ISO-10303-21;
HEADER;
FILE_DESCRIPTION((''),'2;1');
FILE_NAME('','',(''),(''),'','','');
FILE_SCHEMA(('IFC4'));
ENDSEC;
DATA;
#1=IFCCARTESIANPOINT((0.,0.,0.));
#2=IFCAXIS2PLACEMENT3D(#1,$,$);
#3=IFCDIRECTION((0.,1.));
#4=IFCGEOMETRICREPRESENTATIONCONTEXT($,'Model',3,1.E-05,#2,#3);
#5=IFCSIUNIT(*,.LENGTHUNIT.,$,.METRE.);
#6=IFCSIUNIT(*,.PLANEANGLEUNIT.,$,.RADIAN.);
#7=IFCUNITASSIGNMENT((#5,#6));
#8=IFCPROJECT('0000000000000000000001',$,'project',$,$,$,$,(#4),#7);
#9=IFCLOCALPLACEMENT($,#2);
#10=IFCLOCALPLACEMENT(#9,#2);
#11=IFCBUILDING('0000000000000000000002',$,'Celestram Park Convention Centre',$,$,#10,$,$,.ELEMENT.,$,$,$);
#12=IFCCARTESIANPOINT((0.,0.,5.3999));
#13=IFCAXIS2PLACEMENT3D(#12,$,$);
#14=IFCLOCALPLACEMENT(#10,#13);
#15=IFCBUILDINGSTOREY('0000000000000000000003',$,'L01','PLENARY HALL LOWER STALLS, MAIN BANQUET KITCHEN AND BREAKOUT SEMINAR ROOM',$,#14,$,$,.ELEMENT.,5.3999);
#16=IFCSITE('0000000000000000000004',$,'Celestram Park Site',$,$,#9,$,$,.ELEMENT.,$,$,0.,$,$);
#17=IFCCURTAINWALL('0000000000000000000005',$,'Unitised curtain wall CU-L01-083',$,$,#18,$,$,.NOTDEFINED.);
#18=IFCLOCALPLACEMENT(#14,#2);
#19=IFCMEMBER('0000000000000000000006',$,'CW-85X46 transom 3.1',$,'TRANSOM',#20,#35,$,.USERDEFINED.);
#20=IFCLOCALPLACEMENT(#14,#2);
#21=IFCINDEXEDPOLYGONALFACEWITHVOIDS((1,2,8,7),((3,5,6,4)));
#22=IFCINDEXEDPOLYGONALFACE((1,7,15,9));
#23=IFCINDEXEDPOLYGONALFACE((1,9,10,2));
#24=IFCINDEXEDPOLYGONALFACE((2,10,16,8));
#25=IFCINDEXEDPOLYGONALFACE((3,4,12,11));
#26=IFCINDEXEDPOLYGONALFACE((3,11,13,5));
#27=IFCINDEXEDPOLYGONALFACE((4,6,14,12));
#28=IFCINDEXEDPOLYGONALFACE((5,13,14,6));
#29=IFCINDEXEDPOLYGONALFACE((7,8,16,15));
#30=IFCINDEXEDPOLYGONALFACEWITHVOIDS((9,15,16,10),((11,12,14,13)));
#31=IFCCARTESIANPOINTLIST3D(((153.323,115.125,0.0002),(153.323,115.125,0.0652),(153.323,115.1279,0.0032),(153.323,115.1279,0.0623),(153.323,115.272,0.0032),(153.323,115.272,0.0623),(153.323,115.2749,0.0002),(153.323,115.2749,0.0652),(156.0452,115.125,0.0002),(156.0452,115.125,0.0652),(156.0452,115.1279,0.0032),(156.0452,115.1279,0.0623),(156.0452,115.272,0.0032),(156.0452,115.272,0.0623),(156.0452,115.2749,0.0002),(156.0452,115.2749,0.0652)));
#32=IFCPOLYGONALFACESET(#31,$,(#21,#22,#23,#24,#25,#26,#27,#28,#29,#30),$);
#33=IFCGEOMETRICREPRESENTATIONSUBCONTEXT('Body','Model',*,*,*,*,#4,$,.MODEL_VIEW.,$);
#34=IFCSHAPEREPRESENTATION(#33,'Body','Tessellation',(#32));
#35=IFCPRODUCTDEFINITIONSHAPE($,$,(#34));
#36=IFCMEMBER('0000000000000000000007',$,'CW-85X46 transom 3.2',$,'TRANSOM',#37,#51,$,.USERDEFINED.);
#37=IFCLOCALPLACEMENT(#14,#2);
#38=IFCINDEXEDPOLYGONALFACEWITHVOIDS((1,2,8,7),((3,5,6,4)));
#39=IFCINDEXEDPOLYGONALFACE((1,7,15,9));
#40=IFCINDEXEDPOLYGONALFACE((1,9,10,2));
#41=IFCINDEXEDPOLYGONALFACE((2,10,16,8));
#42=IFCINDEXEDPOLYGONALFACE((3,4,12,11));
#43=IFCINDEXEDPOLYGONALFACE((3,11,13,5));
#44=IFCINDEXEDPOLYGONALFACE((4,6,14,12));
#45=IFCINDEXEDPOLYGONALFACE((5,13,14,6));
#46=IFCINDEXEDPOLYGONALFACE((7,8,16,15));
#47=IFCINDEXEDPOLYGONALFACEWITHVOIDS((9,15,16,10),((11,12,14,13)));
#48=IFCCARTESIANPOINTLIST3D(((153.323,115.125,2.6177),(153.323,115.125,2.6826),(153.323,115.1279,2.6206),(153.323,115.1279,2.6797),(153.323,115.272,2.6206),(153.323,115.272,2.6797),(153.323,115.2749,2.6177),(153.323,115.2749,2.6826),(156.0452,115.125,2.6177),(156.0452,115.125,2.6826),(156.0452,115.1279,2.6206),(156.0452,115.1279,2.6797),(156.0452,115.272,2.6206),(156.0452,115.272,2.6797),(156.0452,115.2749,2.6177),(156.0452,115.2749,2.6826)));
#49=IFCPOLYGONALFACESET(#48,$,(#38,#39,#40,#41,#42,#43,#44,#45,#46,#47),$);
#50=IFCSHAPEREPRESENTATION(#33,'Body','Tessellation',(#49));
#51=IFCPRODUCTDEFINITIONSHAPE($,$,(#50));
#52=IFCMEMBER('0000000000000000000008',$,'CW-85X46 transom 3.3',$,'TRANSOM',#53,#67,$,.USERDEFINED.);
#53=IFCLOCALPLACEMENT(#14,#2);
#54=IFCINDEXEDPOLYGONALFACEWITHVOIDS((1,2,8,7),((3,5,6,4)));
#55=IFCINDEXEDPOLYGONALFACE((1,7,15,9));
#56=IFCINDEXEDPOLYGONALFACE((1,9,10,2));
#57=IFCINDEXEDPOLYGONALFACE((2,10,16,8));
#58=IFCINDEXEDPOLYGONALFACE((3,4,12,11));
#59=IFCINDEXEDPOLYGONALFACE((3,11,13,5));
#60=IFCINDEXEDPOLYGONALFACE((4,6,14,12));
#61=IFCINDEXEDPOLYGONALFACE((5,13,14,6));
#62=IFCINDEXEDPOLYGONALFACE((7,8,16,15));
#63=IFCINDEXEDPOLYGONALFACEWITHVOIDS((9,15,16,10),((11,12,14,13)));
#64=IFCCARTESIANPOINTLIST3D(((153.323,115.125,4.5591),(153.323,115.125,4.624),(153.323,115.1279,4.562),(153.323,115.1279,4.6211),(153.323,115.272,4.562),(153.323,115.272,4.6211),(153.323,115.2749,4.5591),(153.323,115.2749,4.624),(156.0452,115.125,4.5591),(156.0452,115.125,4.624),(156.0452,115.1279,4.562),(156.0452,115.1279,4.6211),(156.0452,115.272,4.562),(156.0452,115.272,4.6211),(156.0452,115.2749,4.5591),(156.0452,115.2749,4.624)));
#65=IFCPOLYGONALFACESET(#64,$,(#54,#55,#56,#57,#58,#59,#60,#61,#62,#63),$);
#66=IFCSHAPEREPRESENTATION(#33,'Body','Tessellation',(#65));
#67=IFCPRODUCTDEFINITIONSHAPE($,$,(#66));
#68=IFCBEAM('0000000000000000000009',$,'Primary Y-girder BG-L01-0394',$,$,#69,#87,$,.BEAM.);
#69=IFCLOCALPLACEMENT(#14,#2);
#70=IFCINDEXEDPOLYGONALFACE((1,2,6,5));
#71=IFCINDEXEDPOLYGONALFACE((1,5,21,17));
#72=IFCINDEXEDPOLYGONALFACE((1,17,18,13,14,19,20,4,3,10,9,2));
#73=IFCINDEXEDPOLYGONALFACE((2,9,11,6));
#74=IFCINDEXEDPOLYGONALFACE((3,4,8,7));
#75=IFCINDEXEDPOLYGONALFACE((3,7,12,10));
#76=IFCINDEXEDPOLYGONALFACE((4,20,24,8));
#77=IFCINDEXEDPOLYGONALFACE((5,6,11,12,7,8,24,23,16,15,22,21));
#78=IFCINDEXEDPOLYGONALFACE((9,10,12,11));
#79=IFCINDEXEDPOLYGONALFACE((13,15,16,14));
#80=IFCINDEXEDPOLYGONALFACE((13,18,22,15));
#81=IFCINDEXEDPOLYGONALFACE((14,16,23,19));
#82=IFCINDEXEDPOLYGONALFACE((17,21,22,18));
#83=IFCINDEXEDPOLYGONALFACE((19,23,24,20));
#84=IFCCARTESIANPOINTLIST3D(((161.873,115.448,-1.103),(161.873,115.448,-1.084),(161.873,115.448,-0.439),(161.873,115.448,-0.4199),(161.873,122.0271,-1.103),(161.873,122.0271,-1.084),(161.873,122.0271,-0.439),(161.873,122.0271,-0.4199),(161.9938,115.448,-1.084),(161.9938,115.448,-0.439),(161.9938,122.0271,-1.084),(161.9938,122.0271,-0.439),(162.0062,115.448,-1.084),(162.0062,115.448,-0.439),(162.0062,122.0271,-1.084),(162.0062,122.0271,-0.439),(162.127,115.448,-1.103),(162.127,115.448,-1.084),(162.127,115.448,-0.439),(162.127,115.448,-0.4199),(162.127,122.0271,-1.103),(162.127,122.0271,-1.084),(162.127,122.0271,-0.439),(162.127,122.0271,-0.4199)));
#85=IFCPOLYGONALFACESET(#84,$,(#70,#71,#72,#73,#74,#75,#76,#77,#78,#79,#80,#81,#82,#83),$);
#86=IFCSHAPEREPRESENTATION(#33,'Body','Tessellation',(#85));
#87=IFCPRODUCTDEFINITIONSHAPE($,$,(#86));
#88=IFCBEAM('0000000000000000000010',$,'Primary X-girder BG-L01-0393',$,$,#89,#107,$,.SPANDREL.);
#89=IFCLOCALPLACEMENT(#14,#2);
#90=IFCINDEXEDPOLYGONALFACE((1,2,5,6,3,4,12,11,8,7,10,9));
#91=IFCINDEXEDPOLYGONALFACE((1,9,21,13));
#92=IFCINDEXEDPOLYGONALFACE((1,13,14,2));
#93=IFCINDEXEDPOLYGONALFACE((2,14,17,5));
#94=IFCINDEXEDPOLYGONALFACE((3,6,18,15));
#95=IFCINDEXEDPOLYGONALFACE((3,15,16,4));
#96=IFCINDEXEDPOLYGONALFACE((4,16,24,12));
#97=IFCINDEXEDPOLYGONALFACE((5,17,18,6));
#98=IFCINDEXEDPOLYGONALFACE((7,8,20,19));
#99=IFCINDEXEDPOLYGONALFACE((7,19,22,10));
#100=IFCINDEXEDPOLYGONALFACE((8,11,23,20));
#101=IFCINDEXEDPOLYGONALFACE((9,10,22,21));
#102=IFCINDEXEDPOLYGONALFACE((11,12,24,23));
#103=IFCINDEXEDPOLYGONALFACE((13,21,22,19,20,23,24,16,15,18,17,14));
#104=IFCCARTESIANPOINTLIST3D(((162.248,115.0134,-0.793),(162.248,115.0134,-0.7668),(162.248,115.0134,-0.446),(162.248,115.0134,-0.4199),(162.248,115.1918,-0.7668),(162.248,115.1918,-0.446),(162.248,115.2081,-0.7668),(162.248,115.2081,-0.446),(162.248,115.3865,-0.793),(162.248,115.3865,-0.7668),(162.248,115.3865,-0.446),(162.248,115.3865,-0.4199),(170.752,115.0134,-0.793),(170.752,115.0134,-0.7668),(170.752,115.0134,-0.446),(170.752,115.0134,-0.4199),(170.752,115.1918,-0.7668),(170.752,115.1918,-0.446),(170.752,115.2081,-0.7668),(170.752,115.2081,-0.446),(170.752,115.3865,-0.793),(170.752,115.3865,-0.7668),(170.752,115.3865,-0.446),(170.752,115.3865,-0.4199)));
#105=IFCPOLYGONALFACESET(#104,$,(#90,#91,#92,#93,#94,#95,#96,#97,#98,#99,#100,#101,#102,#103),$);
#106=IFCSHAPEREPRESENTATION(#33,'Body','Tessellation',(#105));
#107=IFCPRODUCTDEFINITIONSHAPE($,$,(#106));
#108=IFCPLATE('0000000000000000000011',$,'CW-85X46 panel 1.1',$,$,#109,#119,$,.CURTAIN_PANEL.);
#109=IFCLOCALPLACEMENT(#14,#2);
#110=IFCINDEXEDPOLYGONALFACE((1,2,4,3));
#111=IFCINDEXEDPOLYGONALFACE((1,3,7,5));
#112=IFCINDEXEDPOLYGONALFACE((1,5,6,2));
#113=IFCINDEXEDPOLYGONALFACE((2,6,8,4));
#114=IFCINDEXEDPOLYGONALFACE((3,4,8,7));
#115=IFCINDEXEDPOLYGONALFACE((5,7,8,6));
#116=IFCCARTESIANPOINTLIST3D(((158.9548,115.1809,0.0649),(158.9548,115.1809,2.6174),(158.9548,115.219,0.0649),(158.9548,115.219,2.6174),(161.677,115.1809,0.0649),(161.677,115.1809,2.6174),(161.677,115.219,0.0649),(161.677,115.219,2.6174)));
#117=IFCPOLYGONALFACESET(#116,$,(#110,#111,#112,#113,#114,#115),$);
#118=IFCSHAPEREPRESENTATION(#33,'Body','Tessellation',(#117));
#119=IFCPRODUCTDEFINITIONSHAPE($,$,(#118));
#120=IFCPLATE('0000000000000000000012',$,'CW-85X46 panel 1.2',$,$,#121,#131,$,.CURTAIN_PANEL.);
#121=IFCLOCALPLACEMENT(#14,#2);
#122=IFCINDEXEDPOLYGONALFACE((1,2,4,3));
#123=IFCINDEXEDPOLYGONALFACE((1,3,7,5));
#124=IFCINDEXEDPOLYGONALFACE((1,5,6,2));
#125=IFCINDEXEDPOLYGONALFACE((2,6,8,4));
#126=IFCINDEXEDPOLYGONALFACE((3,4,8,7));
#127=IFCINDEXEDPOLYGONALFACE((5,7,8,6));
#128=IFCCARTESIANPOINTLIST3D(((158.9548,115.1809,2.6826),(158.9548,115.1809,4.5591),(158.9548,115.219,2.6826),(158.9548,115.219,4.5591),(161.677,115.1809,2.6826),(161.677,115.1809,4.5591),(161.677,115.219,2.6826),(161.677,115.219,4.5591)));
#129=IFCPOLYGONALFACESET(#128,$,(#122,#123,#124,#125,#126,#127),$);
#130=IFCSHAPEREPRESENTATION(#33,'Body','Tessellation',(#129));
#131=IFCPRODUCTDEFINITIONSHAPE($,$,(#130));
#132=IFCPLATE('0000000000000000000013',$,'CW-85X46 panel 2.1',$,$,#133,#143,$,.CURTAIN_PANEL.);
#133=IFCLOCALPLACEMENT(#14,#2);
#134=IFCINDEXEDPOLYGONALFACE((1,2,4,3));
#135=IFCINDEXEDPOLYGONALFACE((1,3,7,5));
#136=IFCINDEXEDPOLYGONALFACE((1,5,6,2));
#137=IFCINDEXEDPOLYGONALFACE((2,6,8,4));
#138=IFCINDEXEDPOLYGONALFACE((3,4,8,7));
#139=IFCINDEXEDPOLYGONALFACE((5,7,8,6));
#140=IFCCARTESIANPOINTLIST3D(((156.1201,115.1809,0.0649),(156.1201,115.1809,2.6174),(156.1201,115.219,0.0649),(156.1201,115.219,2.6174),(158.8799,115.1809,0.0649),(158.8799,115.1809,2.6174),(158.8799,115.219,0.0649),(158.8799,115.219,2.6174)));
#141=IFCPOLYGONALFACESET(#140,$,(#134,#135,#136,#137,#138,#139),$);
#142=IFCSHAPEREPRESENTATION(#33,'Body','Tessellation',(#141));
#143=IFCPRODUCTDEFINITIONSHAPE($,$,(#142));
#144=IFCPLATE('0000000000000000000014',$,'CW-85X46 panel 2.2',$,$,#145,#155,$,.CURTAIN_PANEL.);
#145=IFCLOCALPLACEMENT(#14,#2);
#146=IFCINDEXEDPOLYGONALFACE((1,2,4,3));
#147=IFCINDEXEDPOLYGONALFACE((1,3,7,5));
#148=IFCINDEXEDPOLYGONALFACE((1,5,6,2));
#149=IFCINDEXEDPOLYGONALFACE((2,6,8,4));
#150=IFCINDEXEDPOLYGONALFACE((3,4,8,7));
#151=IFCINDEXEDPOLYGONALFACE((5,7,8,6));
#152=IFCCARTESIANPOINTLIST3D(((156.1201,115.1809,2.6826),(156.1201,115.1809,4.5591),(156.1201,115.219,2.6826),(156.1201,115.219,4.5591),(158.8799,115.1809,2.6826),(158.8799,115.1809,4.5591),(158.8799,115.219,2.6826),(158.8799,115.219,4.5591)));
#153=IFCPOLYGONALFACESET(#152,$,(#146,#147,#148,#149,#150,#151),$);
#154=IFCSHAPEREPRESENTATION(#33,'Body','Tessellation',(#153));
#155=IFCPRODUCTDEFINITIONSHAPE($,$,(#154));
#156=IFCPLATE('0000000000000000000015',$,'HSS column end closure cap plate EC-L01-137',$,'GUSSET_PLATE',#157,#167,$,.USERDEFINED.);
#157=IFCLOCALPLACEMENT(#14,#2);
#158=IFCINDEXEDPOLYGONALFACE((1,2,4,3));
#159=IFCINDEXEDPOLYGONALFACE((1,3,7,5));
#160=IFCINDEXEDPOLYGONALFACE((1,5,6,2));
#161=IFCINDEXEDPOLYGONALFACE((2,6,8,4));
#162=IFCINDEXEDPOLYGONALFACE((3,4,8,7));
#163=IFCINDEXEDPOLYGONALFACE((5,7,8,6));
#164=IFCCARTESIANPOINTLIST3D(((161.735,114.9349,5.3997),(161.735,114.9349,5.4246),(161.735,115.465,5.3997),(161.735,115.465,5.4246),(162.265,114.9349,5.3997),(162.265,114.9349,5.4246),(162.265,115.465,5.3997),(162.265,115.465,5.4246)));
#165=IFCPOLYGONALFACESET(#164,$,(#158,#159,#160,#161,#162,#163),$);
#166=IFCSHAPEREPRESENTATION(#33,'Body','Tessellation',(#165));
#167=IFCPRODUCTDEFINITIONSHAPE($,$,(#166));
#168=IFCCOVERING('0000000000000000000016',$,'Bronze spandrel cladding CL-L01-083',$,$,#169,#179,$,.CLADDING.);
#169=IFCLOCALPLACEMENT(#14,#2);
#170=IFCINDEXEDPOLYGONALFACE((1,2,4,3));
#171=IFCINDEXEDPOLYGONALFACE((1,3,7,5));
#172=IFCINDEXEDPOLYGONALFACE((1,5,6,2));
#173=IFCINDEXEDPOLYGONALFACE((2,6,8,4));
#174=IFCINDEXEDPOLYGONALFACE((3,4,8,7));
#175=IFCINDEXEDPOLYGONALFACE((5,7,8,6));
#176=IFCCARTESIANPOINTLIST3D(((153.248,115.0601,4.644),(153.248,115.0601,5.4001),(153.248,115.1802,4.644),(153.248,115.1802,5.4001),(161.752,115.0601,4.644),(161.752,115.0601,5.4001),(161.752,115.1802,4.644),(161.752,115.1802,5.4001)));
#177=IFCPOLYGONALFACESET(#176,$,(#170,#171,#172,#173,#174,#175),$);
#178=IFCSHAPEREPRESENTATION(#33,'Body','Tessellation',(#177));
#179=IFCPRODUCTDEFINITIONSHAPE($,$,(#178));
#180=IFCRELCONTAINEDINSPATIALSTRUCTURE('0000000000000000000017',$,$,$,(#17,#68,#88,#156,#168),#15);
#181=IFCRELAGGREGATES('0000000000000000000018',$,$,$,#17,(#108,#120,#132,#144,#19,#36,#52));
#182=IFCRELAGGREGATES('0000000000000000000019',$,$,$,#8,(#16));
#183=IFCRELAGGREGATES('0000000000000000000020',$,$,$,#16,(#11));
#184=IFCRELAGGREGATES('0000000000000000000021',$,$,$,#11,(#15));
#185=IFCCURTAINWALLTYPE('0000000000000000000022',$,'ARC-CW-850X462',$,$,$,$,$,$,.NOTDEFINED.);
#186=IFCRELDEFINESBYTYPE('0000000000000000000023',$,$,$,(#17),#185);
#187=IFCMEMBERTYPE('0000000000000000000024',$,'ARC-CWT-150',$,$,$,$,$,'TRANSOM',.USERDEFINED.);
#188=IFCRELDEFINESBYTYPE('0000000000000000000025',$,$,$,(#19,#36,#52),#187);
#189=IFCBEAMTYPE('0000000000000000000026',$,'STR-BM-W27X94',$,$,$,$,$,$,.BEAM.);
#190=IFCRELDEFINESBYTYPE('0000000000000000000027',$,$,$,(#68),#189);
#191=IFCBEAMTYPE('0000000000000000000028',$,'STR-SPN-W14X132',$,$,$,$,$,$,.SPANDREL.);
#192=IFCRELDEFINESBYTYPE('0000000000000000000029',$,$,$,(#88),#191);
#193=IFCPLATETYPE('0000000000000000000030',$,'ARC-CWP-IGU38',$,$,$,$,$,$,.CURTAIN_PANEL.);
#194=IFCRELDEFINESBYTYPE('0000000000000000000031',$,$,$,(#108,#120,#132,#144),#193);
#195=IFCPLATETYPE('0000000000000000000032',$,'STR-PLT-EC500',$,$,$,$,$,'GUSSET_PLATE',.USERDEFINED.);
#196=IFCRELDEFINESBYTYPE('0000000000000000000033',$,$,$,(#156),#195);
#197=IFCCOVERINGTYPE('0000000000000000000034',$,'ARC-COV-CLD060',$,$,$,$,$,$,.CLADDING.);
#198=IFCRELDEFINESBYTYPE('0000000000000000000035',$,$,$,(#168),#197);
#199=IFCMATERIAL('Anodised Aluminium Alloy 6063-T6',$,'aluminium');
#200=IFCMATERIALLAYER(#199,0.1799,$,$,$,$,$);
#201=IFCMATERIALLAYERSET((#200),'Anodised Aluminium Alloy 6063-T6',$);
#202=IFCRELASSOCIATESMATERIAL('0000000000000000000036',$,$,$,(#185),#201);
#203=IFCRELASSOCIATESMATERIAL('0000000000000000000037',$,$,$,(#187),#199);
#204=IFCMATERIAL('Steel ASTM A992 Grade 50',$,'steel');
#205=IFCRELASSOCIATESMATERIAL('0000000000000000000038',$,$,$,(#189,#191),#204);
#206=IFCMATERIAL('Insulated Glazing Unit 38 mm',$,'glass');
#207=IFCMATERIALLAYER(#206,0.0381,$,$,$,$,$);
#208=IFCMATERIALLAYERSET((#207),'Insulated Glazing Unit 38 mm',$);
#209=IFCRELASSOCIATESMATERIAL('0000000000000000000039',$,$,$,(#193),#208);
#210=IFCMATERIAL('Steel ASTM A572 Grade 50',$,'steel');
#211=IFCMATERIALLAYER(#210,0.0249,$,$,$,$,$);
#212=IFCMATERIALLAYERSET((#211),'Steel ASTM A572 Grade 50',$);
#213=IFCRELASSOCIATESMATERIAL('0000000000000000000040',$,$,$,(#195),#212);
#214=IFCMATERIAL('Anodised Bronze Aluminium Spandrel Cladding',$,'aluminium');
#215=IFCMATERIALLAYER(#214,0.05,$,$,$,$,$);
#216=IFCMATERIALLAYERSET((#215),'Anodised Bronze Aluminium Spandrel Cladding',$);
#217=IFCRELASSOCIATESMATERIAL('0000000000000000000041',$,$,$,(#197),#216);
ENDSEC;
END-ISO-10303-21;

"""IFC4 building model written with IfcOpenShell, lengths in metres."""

from ifc_helpers import new_model, si_unit, direction, frame, origin, origin_2d, place, context, subcontext, project, spatial, rectangle, hollow_rectangle, i_section, extrude, material, layer, layer_set, material_profile, profile_set, type_object, element, aggregate, save


model = new_model("IFC4")

# Units and contexts
model_context = context("Model", 3, precision=1e-05, world=origin(), true_north=direction((0.0, 1.0)))
body_context = subcontext(model_context, "Body", "Model", "MODEL_VIEW")
ifc_project = project(units=[si_unit("LENGTHUNIT", "METRE"), si_unit("PLANEANGLEUNIT", "RADIAN")], contexts=[model_context])

# Site, building, storey
site_placement = place(None, origin())
site = spatial("IfcSite", under=ifc_project, at=site_placement, Name="Celestram Park Site", CompositionType="ELEMENT", RefElevation=0.0)
building_placement = place(site_placement, origin())
building = spatial("IfcBuilding", under=site, at=building_placement, Name="Celestram Park Convention Centre", CompositionType="ELEMENT")
storey_placement = place(building_placement, frame((0.0, 0.0, 5.3999)))
storey = spatial("IfcBuildingStorey", under=building, at=storey_placement, Name="L01", Description="PLENARY HALL LOWER STALLS, MAIN BANQUET KITCHEN AND BREAKOUT SEMINAR ROOM", CompositionType="ELEMENT", Elevation=5.3999)

# Shared definitions
ifc_material_1 = material(Name="Anodised Aluminium Alloy 6063-T6", Category="aluminium")
ifc_layer_1 = layer(ifc_material_1, 0.1799)
ifc_layer_set_1 = layer_set([ifc_layer_1], Name="Anodised Aluminium Alloy 6063-T6")
curtain_wall_type = type_object("IfcCurtainWallType", Name="ARC-CW-850X462", PredefinedType="NOTDEFINED", material=ifc_layer_set_1)

# Curtain wall, members
curtain_wall_1_placement = place(storey_placement, origin())
curtain_wall_1 = element("IfcCurtainWall", 1, at=curtain_wall_1_placement, inside=storey, type_object=curtain_wall_type, Name="Unitised curtain wall CU-L01-083", PredefinedType="NOTDEFINED")
ifc_material_profile_1 = material_profile(ifc_material_1, hollow_rectangle(XDim=0.1499, YDim=0.0649, WallThickness=0.0029, at=origin_2d()), Name="ALU150X65X3")
ifc_profile_set_1 = profile_set([ifc_material_profile_1], Name="Anodised Aluminium Alloy 6063-T6")
member_type_1 = type_object("IfcMemberType", Name="ARC-CWT-150", ElementType="TRANSOM", PredefinedType="USERDEFINED", material=ifc_profile_set_1)
member_1_placement = place(storey_placement, frame((156.0452, 115.2, 0.0327), z_axis=(-1.0, 0.0, 0.0), x_axis=(0.0, -1.0, 0.0)))
member_1 = element("IfcMember", 2, at=member_1_placement, type_object=member_type_1, Name="CW-85X46 transom 3.1", ObjectType="TRANSOM", PredefinedType="USERDEFINED", context=body_context, shape_type="SweptSolid", body=[
    extrude(hollow_rectangle(XDim=0.1499, YDim=0.0649, WallThickness=0.0029, at=origin_2d()), origin(), (0.0, 0.0, 1.0), 2.7222),
])
member_2_placement = place(storey_placement, frame((156.0452, 115.2, 2.6501), z_axis=(-1.0, 0.0, 0.0), x_axis=(0.0, -1.0, 0.0)))
member_2 = element("IfcMember", 3, at=member_2_placement, type_object=member_type_1, Name="CW-85X46 transom 3.2", ObjectType="TRANSOM", PredefinedType="USERDEFINED", context=body_context, shape_type="SweptSolid", body=[
    extrude(hollow_rectangle(XDim=0.1499, YDim=0.0649, WallThickness=0.0029, at=origin_2d()), origin(), (0.0, 0.0, 1.0), 2.7222),
])
member_3_placement = place(storey_placement, frame((156.0452, 115.2, 4.5916), z_axis=(-1.0, 0.0, 0.0), x_axis=(0.0, -1.0, 0.0)))
member_3 = element("IfcMember", 4, at=member_3_placement, type_object=member_type_1, Name="CW-85X46 transom 3.3", ObjectType="TRANSOM", PredefinedType="USERDEFINED", context=body_context, shape_type="SweptSolid", body=[
    extrude(hollow_rectangle(XDim=0.1499, YDim=0.0649, WallThickness=0.0029, at=origin_2d()), origin(), (0.0, 0.0, 1.0), 2.7222),
])

# Beams
ifc_material_2 = material(Name="Steel ASTM A992 Grade 50", Category="steel")
ifc_material_profile_2 = material_profile(ifc_material_2, i_section(OverallWidth=0.2539, OverallDepth=0.6831, WebThickness=0.0125, FlangeThickness=0.019, at=origin_2d()), Name="W27X94")
ifc_profile_set_2 = profile_set([ifc_material_profile_2], Name="Steel ASTM A992 Grade 50")
beam_type_1 = type_object("IfcBeamType", Name="STR-BM-W27X94", PredefinedType="BEAM", material=ifc_profile_set_2)
beam_1_placement = place(storey_placement, frame((162.0, 115.448, -0.7615), z_axis=(0.0, 1.0, 0.0), x_axis=(-1.0, 0.0, 0.0)))
element("IfcBeam", 5, at=beam_1_placement, inside=storey, type_object=beam_type_1, Name="Primary Y-girder BG-L01-0394", PredefinedType="BEAM", context=body_context, shape_type="SweptSolid", body=[
    extrude(i_section(OverallWidth=0.2539, OverallDepth=0.6831, WebThickness=0.0125, FlangeThickness=0.019, at=origin_2d()), origin(), (0.0, 0.0, 1.0), 6.5791),
])
ifc_material_profile_3 = material_profile(ifc_material_2, i_section(OverallWidth=0.373, OverallDepth=0.373, WebThickness=0.0164, FlangeThickness=0.0261, at=origin_2d()), Name="W14X132")
ifc_profile_set_3 = profile_set([ifc_material_profile_3], Name="Steel ASTM A992 Grade 50")
beam_type_2 = type_object("IfcBeamType", Name="STR-SPN-W14X132", PredefinedType="SPANDREL", material=ifc_profile_set_3)
beam_2_placement = place(storey_placement, frame((162.248, 115.2, -0.6064), z_axis=(1.0, 0.0, 0.0), x_axis=(0.0, 1.0, 0.0)))
element("IfcBeam", 6, at=beam_2_placement, inside=storey, type_object=beam_type_2, Name="Primary X-girder BG-L01-0393", PredefinedType="SPANDREL", context=body_context, shape_type="SweptSolid", body=[
    extrude(i_section(OverallWidth=0.373, OverallDepth=0.373, WebThickness=0.0164, FlangeThickness=0.0261, at=origin_2d()), origin(), (0.0, 0.0, 1.0), 8.5039),
])

# Plates
ifc_material_3 = material(Name="Insulated Glazing Unit 38 mm", Category="glass")
ifc_layer_2 = layer(ifc_material_3, 0.0381)
ifc_layer_set_2 = layer_set([ifc_layer_2], Name="Insulated Glazing Unit 38 mm")
plate_type_1 = type_object("IfcPlateType", Name="ARC-CWP-IGU38", PredefinedType="CURTAIN_PANEL", material=ifc_layer_set_2)
plate_1_placement = place(storey_placement, frame((160.3159, 115.2, 0.0649), z_axis=(0.0, 0.0, 1.0), x_axis=(-1.0, 0.0, 0.0)))
plate_1 = element("IfcPlate", 7, at=plate_1_placement, type_object=plate_type_1, Name="CW-85X46 panel 1.1", PredefinedType="CURTAIN_PANEL", context=body_context, shape_type="SweptSolid", body=[
    extrude(rectangle(XDim=2.7222, YDim=0.0381, at=origin_2d()), origin(), (0.0, 0.0, 1.0), 2.5525),
])
plate_2_placement = place(storey_placement, frame((160.3159, 115.2, 2.6826), z_axis=(0.0, 0.0, 1.0), x_axis=(-1.0, 0.0, 0.0)))
plate_2 = element("IfcPlate", 8, at=plate_2_placement, type_object=plate_type_1, Name="CW-85X46 panel 1.2", PredefinedType="CURTAIN_PANEL", context=body_context, shape_type="SweptSolid", body=[
    extrude(rectangle(XDim=2.7222, YDim=0.0381, at=origin_2d()), origin(), (0.0, 0.0, 1.0), 1.8765),
])
plate_3_placement = place(storey_placement, frame((157.5, 115.2, 0.0649), z_axis=(0.0, 0.0, 1.0), x_axis=(-1.0, 0.0, 0.0)))
plate_3 = element("IfcPlate", 9, at=plate_3_placement, type_object=plate_type_1, Name="CW-85X46 panel 2.1", PredefinedType="CURTAIN_PANEL", context=body_context, shape_type="SweptSolid", body=[
    extrude(rectangle(XDim=2.7598, YDim=0.0381, at=origin_2d()), origin(), (0.0, 0.0, 1.0), 2.5525),
])
plate_4_placement = place(storey_placement, frame((157.5, 115.2, 2.6826), z_axis=(0.0, 0.0, 1.0), x_axis=(-1.0, 0.0, 0.0)))
plate_4 = element("IfcPlate", 10, at=plate_4_placement, type_object=plate_type_1, Name="CW-85X46 panel 2.2", PredefinedType="CURTAIN_PANEL", context=body_context, shape_type="SweptSolid", body=[
    extrude(rectangle(XDim=2.7598, YDim=0.0381, at=origin_2d()), origin(), (0.0, 0.0, 1.0), 1.8765),
])
aggregate(curtain_wall_1, [plate_1, plate_2, plate_3, plate_4, member_1, member_2, member_3])
ifc_material_4 = material(Name="Steel ASTM A572 Grade 50", Category="steel")
ifc_layer_3 = layer(ifc_material_4, 0.0249)
ifc_layer_set_3 = layer_set([ifc_layer_3], Name="Steel ASTM A572 Grade 50")
plate_type_2 = type_object("IfcPlateType", Name="STR-PLT-EC500", ElementType="GUSSET_PLATE", PredefinedType="USERDEFINED", material=ifc_layer_set_3)
plate_5_placement = place(storey_placement, frame((162.0, 115.2, 5.3997), z_axis=(0.0, 0.0, 1.0), x_axis=(1.0, 0.0, 0.0)))
element("IfcPlate", 11, at=plate_5_placement, inside=storey, type_object=plate_type_2, Name="HSS column end closure cap plate EC-L01-137", ObjectType="GUSSET_PLATE", PredefinedType="USERDEFINED", context=body_context, shape_type="SweptSolid", body=[
    extrude(rectangle(XDim=0.53, YDim=0.53, at=origin_2d()), origin(), (0.0, 0.0, 1.0), 0.0249),
])

# Covering
ifc_material_5 = material(Name="Anodised Bronze Aluminium Spandrel Cladding", Category="aluminium")
ifc_layer_4 = layer(ifc_material_5, 0.05)
ifc_layer_set_4 = layer_set([ifc_layer_4], Name="Anodised Bronze Aluminium Spandrel Cladding")
covering_type_1 = type_object("IfcCoveringType", Name="ARC-COV-CLD060", PredefinedType="CLADDING", material=ifc_layer_set_4)
covering_1_placement = place(storey_placement, frame((157.5, 115.1201, 4.644), z_axis=(0.0, 0.0, 1.0), x_axis=(-1.0, 0.0, 0.0)))
element("IfcCovering", 12, at=covering_1_placement, inside=storey, type_object=covering_type_1, Name="Bronze spandrel cladding CL-L01-083", PredefinedType="CLADDING", context=body_context, shape_type="SweptSolid", body=[
    extrude(rectangle(XDim=8.5039, YDim=0.1201, at=origin_2d()), origin(), (0.0, 0.0, 1.0), 0.7561),
])

save(model, "model.ifc")
